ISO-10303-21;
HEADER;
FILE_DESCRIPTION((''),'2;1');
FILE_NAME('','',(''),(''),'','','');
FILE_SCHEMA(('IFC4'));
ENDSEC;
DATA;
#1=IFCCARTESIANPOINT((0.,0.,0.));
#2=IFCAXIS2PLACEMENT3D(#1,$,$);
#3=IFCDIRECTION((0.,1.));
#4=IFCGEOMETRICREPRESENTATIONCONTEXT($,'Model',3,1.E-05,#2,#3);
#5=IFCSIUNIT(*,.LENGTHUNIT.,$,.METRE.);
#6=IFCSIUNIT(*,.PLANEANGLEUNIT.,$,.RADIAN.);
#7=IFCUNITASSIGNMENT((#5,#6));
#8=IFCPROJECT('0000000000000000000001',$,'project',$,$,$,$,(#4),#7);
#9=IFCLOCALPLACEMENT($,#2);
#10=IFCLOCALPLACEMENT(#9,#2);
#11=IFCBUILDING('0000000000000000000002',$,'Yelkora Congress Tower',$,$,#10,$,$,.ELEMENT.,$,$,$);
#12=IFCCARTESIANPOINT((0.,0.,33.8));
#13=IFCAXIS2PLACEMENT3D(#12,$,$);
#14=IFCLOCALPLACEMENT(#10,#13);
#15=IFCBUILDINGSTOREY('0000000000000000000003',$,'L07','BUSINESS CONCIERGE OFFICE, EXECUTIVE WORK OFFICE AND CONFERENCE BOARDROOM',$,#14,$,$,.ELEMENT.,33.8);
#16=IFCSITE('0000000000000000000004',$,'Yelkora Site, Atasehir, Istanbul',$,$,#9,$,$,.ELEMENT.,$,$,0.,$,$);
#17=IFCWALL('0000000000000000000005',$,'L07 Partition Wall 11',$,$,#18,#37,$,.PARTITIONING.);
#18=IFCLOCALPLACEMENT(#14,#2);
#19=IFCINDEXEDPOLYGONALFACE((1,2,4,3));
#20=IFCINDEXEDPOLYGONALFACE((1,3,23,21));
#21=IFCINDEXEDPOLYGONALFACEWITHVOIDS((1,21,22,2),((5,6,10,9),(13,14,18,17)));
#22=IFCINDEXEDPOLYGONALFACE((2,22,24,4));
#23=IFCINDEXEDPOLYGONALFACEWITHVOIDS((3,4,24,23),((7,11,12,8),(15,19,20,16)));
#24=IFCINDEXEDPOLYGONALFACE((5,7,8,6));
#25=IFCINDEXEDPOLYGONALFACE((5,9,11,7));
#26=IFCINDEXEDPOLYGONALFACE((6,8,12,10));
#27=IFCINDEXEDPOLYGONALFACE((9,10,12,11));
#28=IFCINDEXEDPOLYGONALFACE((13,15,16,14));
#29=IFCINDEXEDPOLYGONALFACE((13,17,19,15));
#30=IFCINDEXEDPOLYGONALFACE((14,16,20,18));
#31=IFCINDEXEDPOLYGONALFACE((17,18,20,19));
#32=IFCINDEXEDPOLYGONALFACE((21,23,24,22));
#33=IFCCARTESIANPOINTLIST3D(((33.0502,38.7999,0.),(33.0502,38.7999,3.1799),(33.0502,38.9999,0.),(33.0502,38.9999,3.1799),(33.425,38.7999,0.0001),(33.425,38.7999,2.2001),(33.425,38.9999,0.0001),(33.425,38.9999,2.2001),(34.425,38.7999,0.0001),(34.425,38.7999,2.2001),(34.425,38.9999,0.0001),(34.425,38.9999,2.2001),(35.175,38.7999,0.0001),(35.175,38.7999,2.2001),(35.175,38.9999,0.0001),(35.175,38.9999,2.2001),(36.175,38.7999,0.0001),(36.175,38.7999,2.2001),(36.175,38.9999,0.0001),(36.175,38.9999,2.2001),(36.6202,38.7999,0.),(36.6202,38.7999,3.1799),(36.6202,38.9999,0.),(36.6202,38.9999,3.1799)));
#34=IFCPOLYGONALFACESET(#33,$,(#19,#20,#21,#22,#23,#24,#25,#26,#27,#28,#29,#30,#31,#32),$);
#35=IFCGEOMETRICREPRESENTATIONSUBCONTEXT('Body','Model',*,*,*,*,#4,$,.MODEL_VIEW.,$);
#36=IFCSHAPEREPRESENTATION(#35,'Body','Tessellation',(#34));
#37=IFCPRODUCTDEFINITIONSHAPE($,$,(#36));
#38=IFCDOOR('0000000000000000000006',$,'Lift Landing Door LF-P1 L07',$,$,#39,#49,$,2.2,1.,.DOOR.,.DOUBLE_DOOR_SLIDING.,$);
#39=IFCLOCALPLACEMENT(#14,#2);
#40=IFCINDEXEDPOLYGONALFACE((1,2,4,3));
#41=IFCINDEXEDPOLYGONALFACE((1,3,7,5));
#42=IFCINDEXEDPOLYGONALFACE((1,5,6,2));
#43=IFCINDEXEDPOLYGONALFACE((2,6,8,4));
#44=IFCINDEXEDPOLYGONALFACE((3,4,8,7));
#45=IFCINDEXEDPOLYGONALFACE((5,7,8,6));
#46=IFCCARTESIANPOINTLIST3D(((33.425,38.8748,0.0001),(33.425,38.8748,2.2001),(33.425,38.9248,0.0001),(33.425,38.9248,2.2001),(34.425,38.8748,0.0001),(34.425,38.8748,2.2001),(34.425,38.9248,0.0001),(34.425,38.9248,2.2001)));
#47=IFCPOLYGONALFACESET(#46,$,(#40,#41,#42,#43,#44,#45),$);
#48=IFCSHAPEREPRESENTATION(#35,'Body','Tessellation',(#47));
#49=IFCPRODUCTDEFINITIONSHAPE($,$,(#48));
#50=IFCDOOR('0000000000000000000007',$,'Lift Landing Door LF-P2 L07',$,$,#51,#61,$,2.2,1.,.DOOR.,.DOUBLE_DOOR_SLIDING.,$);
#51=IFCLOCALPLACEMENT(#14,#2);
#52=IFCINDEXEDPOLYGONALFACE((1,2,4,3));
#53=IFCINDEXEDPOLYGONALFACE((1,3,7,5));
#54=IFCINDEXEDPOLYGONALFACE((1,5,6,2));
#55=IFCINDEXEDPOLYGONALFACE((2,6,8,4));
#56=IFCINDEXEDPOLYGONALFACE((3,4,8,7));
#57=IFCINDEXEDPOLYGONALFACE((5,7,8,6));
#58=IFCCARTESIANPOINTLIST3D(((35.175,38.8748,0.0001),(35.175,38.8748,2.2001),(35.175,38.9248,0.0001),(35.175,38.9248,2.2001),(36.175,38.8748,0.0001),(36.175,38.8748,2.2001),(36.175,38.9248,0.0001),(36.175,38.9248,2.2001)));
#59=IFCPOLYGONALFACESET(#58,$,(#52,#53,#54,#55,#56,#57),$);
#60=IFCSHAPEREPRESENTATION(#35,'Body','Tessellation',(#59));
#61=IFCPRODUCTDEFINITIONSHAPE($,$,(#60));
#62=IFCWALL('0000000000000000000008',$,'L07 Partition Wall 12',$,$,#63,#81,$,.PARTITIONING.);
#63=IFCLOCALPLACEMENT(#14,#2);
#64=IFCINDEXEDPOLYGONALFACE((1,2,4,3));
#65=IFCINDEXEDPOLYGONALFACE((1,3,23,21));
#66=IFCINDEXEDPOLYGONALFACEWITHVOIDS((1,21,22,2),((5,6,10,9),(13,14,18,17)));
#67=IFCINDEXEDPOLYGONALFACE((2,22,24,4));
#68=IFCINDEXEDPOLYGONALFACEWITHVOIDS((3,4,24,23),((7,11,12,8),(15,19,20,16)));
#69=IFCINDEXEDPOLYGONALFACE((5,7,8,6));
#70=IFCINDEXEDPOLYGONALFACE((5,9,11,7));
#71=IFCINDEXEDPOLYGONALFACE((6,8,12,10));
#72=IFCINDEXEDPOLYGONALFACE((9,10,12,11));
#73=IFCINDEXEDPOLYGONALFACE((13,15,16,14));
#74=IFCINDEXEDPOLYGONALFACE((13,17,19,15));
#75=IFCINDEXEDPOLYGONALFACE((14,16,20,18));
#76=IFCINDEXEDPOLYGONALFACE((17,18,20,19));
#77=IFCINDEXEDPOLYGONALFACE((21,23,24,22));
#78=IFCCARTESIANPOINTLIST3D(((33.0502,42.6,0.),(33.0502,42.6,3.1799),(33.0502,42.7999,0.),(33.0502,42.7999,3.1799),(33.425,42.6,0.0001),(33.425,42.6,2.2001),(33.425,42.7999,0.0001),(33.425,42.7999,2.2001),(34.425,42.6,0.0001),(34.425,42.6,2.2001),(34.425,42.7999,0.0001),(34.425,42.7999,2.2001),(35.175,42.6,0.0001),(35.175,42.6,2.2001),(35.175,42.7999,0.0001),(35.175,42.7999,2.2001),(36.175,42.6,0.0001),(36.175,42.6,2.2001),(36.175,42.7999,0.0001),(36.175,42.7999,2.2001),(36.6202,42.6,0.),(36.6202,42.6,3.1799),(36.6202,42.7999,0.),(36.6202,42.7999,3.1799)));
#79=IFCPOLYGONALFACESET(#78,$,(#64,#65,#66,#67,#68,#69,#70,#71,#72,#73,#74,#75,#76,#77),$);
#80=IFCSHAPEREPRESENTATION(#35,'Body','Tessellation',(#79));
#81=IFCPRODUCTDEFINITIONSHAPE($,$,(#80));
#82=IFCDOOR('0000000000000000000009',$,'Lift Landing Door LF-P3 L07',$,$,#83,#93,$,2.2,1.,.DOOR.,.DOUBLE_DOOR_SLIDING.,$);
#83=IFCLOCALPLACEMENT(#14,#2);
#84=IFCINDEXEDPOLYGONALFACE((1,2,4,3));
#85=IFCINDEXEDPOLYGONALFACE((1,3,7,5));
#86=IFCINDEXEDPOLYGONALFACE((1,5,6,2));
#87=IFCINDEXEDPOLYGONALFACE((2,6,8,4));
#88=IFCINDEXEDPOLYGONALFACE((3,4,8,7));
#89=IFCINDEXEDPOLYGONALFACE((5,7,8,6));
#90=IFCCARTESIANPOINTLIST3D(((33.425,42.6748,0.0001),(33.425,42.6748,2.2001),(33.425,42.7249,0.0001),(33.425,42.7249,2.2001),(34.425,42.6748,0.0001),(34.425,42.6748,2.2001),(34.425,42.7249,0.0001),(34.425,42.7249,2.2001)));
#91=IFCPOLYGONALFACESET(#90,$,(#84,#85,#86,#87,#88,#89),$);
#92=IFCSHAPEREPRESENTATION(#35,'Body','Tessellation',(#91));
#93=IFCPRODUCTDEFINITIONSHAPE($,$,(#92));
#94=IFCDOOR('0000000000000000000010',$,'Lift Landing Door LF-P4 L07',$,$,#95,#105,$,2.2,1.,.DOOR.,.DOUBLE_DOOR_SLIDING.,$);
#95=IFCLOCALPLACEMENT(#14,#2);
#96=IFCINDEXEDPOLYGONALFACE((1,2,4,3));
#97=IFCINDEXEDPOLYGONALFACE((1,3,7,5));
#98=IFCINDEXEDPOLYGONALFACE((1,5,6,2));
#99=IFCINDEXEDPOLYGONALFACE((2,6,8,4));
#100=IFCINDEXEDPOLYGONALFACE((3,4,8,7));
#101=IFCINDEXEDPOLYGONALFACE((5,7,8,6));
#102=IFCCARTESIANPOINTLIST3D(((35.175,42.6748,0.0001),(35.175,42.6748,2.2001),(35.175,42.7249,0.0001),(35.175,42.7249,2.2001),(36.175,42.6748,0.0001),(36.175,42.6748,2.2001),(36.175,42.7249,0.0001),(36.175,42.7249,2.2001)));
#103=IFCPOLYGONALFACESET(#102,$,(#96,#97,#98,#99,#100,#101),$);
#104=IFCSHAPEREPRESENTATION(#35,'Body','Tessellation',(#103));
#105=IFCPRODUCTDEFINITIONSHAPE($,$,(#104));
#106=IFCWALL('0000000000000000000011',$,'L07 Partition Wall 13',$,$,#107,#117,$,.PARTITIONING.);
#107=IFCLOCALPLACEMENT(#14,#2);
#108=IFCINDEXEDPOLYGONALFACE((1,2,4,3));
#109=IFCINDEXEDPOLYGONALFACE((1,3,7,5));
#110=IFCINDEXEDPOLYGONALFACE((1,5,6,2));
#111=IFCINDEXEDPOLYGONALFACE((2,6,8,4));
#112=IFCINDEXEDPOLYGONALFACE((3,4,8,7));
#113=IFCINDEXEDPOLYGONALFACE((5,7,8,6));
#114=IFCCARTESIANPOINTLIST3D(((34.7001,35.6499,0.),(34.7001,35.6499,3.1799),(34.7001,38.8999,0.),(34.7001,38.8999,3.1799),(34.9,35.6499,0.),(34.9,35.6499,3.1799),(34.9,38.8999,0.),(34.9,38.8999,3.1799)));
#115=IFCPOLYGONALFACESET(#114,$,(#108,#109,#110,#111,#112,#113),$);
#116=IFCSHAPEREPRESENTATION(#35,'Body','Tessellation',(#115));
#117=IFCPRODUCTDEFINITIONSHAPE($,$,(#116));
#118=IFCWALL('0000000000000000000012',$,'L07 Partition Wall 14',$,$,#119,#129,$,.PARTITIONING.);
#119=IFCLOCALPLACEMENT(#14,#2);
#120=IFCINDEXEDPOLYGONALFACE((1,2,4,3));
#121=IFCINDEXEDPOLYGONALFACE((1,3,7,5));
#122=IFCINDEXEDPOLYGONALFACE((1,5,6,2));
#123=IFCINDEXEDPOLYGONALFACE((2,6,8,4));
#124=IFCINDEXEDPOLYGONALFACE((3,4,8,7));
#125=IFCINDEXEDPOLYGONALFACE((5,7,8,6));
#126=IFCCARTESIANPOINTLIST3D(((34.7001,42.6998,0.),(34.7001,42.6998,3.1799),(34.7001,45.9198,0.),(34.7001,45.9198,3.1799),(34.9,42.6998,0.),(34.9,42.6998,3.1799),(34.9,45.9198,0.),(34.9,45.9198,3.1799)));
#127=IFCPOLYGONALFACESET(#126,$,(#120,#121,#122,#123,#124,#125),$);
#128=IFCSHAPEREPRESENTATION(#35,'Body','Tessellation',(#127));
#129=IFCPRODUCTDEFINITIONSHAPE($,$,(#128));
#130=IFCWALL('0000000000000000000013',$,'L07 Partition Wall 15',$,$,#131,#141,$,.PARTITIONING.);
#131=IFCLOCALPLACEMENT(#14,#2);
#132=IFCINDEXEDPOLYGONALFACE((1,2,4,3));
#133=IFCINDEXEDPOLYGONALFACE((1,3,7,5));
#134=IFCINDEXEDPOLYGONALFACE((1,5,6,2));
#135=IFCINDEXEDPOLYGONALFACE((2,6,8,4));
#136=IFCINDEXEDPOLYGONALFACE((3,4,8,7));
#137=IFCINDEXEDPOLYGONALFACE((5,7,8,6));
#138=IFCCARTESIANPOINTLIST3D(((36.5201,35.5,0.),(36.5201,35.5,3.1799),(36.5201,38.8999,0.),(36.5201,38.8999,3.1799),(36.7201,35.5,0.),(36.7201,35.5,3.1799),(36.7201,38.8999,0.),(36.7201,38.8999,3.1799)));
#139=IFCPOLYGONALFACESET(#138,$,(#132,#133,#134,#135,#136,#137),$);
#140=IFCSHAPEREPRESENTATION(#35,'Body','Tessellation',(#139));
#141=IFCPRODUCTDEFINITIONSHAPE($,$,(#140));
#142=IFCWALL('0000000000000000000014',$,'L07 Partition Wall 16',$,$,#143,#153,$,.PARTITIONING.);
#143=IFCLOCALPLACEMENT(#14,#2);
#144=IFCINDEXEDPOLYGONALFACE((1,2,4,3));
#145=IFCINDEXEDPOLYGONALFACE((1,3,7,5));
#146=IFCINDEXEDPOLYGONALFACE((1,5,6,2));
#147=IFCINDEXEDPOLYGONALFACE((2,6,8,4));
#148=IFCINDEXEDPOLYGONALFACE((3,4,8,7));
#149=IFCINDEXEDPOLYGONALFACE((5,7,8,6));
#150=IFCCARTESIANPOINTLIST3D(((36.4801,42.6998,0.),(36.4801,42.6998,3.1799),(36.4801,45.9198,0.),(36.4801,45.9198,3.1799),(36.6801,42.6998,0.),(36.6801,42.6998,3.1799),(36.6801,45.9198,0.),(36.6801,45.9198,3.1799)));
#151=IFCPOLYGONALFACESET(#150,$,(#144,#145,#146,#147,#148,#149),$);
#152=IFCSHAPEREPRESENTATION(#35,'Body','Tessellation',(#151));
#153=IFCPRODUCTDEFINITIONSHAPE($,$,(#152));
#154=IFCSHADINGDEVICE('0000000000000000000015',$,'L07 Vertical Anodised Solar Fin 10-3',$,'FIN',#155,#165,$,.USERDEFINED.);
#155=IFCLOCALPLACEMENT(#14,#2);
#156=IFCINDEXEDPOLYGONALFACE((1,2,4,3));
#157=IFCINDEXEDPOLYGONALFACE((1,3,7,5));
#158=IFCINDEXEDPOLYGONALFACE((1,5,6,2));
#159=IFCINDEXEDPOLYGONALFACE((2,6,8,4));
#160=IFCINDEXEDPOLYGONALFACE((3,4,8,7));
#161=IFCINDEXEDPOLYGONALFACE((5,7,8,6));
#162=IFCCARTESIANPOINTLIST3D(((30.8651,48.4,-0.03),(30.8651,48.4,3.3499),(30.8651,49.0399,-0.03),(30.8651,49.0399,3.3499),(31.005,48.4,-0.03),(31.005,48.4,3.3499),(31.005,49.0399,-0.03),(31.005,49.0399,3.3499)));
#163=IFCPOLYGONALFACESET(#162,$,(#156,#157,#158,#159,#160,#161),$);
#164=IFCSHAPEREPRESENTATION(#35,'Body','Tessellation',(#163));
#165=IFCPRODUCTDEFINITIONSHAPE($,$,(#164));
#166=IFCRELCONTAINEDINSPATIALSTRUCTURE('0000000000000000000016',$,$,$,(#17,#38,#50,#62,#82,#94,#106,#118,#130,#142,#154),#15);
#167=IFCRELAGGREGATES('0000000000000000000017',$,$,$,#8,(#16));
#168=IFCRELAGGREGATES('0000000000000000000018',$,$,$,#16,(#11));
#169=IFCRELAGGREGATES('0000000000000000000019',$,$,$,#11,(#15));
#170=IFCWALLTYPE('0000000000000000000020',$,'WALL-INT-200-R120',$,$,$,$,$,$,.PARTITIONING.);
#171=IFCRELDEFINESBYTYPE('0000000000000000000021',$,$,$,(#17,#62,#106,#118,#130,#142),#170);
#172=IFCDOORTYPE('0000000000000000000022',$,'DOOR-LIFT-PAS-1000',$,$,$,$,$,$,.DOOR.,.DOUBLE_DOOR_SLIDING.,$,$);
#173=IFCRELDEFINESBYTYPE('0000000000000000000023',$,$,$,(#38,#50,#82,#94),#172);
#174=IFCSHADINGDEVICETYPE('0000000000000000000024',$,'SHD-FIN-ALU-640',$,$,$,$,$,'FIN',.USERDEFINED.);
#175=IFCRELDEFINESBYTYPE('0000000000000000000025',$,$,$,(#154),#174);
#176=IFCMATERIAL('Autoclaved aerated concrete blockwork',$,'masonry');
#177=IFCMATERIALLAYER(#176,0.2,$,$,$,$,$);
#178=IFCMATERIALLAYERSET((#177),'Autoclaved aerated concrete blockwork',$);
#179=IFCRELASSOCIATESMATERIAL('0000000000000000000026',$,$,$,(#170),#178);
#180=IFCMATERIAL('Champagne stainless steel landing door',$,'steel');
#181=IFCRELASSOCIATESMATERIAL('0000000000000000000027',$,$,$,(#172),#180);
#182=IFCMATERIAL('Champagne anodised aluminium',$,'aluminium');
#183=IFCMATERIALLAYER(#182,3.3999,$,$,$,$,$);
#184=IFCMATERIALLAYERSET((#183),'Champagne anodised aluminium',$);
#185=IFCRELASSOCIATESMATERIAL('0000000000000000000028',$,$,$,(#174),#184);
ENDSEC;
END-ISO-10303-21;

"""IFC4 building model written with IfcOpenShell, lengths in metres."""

from ifc_helpers import new_model, si_unit, direction, frame, frame_2d, origin, origin_2d, place, context, subcontext, project, spatial, rectangle, extrude, material, layer, layer_set, type_object, element, fill, save


model = new_model("IFC4")

# Units and contexts
model_context = context("Model", 3, precision=1e-05, world=origin(), true_north=direction((0.0, 1.0)))
body_context = subcontext(model_context, "Body", "Model", "MODEL_VIEW")
ifc_project = project(units=[si_unit("LENGTHUNIT", "METRE"), si_unit("PLANEANGLEUNIT", "RADIAN")], contexts=[model_context])

# Site, building, storey
site_placement = place(None, origin())
site = spatial("IfcSite", under=ifc_project, at=site_placement, Name="Yelkora Site, Atasehir, Istanbul", CompositionType="ELEMENT", RefElevation=0.0)
building_placement = place(site_placement, origin())
building = spatial("IfcBuilding", under=site, at=building_placement, Name="Yelkora Congress Tower", CompositionType="ELEMENT")
storey_placement = place(building_placement, frame((0.0, 0.0, 33.8)))
storey = spatial("IfcBuildingStorey", under=building, at=storey_placement, Name="L07", Description="BUSINESS CONCIERGE OFFICE, EXECUTIVE WORK OFFICE AND CONFERENCE BOARDROOM", CompositionType="ELEMENT", Elevation=33.8)

# Shared definitions
ifc_material_1 = material(Name="Autoclaved aerated concrete blockwork", Category="masonry")
ifc_layer_1 = layer(ifc_material_1, 0.2)
ifc_layer_set_1 = layer_set([ifc_layer_1], Name="Autoclaved aerated concrete blockwork")
wall_type_1 = type_object("IfcWallType", Name="WALL-INT-200-R120", PredefinedType="PARTITIONING", material=ifc_layer_set_1)

# Walls, openings, doors
wall_1_placement = place(storey_placement, frame((33.05, 38.8999, 0.0), z_axis=(0.0, 0.0, 1.0), x_axis=(1.0, 0.0, 0.0)))
wall_1 = element("IfcWall", 1, at=wall_1_placement, inside=storey, type_object=wall_type_1, Name="L07 Partition Wall 11", PredefinedType="PARTITIONING", context=body_context, shape_type="SweptSolid", body=[
    extrude(rectangle(XDim=3.5701, YDim=0.2, at=frame_2d((1.7852, 0.0))), origin(), (0.0, 0.0, 1.0), 3.1799),
])
opening_1_placement = place(wall_1_placement, frame((0.375, 0.0, 0.0)))
opening_1 = element("IfcOpeningElement", 2, at=opening_1_placement, cuts=wall_1, PredefinedType="OPENING", context=body_context, shape_type="SweptSolid", body=[
    extrude(rectangle(XDim=1.0, YDim=2.2, at=frame_2d((0.5, 1.1001))), frame((0.0, 0.1099, 0.0), z_axis=(0.0, -1.0, 0.0), x_axis=(1.0, 0.0, 0.0)), (0.0, 0.0, 1.0), 0.22),
])
opening_2_placement = place(wall_1_placement, frame((2.125, 0.0, 0.0)))
opening_2 = element("IfcOpeningElement", 3, at=opening_2_placement, cuts=wall_1, PredefinedType="OPENING", context=body_context, shape_type="SweptSolid", body=[
    extrude(rectangle(XDim=1.0, YDim=2.2, at=frame_2d((0.5, 1.1001))), frame((0.0, 0.1099, 0.0), z_axis=(0.0, -1.0, 0.0), x_axis=(1.0, 0.0, 0.0)), (0.0, 0.0, 1.0), 0.22),
])
ifc_material_2 = material(Name="Champagne stainless steel landing door", Category="steel")
door_type_1 = type_object("IfcDoorType", Name="DOOR-LIFT-PAS-1000", OperationType="DOUBLE_DOOR_SLIDING", PredefinedType="DOOR", material=ifc_material_2)
door_1_placement = place(opening_1_placement, origin())
door_1 = element("IfcDoor", 4, at=door_1_placement, inside=storey, type_object=door_type_1, Name="Lift Landing Door LF-P1 L07", OperationType="DOUBLE_DOOR_SLIDING", OverallHeight=2.2, OverallWidth=1.0, PredefinedType="DOOR", context=body_context, shape_type="SweptSolid", body=[
    extrude(rectangle(XDim=1.0, YDim=2.2, at=frame_2d((0.5, 1.1001))), frame((0.0, 0.0249, 0.0), z_axis=(0.0, -1.0, 0.0), x_axis=(1.0, 0.0, 0.0)), (0.0, 0.0, 1.0), 0.05),
])
fill(opening_1, door_1)
door_2_placement = place(opening_2_placement, origin())
door_2 = element("IfcDoor", 5, at=door_2_placement, inside=storey, type_object=door_type_1, Name="Lift Landing Door LF-P2 L07", OperationType="DOUBLE_DOOR_SLIDING", OverallHeight=2.2, OverallWidth=1.0, PredefinedType="DOOR", context=body_context, shape_type="SweptSolid", body=[
    extrude(rectangle(XDim=1.0, YDim=2.2, at=frame_2d((0.5, 1.1001))), frame((0.0, 0.0249, 0.0), z_axis=(0.0, -1.0, 0.0), x_axis=(1.0, 0.0, 0.0)), (0.0, 0.0, 1.0), 0.05),
])
fill(opening_2, door_2)
wall_2_placement = place(storey_placement, frame((33.05, 42.7, 0.0), z_axis=(0.0, 0.0, 1.0), x_axis=(1.0, 0.0, 0.0)))
wall_2 = element("IfcWall", 6, at=wall_2_placement, inside=storey, type_object=wall_type_1, Name="L07 Partition Wall 12", PredefinedType="PARTITIONING", context=body_context, shape_type="SweptSolid", body=[
    extrude(rectangle(XDim=3.5701, YDim=0.2, at=frame_2d((1.7852, 0.0))), origin(), (0.0, 0.0, 1.0), 3.1799),
])
opening_3_placement = place(wall_2_placement, frame((0.375, 0.0, 0.0)))
opening_3 = element("IfcOpeningElement", 7, at=opening_3_placement, cuts=wall_2, PredefinedType="OPENING", context=body_context, shape_type="SweptSolid", body=[
    extrude(rectangle(XDim=1.0, YDim=2.2, at=frame_2d((0.5, 1.1001))), frame((0.0, 0.1099, 0.0), z_axis=(0.0, -1.0, 0.0), x_axis=(1.0, 0.0, 0.0)), (0.0, 0.0, 1.0), 0.22),
])
opening_4_placement = place(wall_2_placement, frame((2.125, 0.0, 0.0)))
opening_4 = element("IfcOpeningElement", 8, at=opening_4_placement, cuts=wall_2, PredefinedType="OPENING", context=body_context, shape_type="SweptSolid", body=[
    extrude(rectangle(XDim=1.0, YDim=2.2, at=frame_2d((0.5, 1.1001))), frame((0.0, 0.1099, 0.0), z_axis=(0.0, -1.0, 0.0), x_axis=(1.0, 0.0, 0.0)), (0.0, 0.0, 1.0), 0.22),
])
door_3_placement = place(opening_3_placement, origin())
door_3 = element("IfcDoor", 9, at=door_3_placement, inside=storey, type_object=door_type_1, Name="Lift Landing Door LF-P3 L07", OperationType="DOUBLE_DOOR_SLIDING", OverallHeight=2.2, OverallWidth=1.0, PredefinedType="DOOR", context=body_context, shape_type="SweptSolid", body=[
    extrude(rectangle(XDim=1.0, YDim=2.2, at=frame_2d((0.5, 1.1001))), frame((0.0, 0.0249, 0.0), z_axis=(0.0, -1.0, 0.0), x_axis=(1.0, 0.0, 0.0)), (0.0, 0.0, 1.0), 0.05),
])
fill(opening_3, door_3)
door_4_placement = place(opening_4_placement, origin())
door_4 = element("IfcDoor", 10, at=door_4_placement, inside=storey, type_object=door_type_1, Name="Lift Landing Door LF-P4 L07", OperationType="DOUBLE_DOOR_SLIDING", OverallHeight=2.2, OverallWidth=1.0, PredefinedType="DOOR", context=body_context, shape_type="SweptSolid", body=[
    extrude(rectangle(XDim=1.0, YDim=2.2, at=frame_2d((0.5, 1.1001))), frame((0.0, 0.0249, 0.0), z_axis=(0.0, -1.0, 0.0), x_axis=(1.0, 0.0, 0.0)), (0.0, 0.0, 1.0), 0.05),
])
fill(opening_4, door_4)

# Walls
wall_3_placement = place(storey_placement, frame((34.8, 35.6499, 0.0), z_axis=(0.0, 0.0, 1.0), x_axis=(0.0, 1.0, 0.0)))
element("IfcWall", 11, at=wall_3_placement, inside=storey, type_object=wall_type_1, Name="L07 Partition Wall 13", PredefinedType="PARTITIONING", context=body_context, shape_type="SweptSolid", body=[
    extrude(rectangle(XDim=3.25, YDim=0.2, at=frame_2d((1.625, 0.0))), origin(), (0.0, 0.0, 1.0), 3.1799),
])
wall_4_placement = place(storey_placement, frame((34.8, 42.7, 0.0), z_axis=(0.0, 0.0, 1.0), x_axis=(0.0, 1.0, 0.0)))
element("IfcWall", 12, at=wall_4_placement, inside=storey, type_object=wall_type_1, Name="L07 Partition Wall 14", PredefinedType="PARTITIONING", context=body_context, shape_type="SweptSolid", body=[
    extrude(rectangle(XDim=3.22, YDim=0.2, at=frame_2d((1.6099, 0.0))), origin(), (0.0, 0.0, 1.0), 3.1799),
])
wall_5_placement = place(storey_placement, frame((36.6201, 35.5, 0.0), z_axis=(0.0, 0.0, 1.0), x_axis=(0.0, 1.0, 0.0)))
element("IfcWall", 13, at=wall_5_placement, inside=storey, type_object=wall_type_1, Name="L07 Partition Wall 15", PredefinedType="PARTITIONING", context=body_context, shape_type="SweptSolid", body=[
    extrude(rectangle(XDim=3.3999, YDim=0.2, at=frame_2d((1.7, 0.0))), origin(), (0.0, 0.0, 1.0), 3.1799),
])
wall_6_placement = place(storey_placement, frame((36.5801, 42.7, 0.0), z_axis=(0.0, 0.0, 1.0), x_axis=(0.0, 1.0, 0.0)))
element("IfcWall", 14, at=wall_6_placement, inside=storey, type_object=wall_type_1, Name="L07 Partition Wall 16", PredefinedType="PARTITIONING", context=body_context, shape_type="SweptSolid", body=[
    extrude(rectangle(XDim=3.22, YDim=0.2, at=frame_2d((1.6099, 0.0))), origin(), (0.0, 0.0, 1.0), 3.1799),
])

# Shading device
ifc_material_3 = material(Name="Champagne anodised aluminium", Category="aluminium")
ifc_layer_2 = layer(ifc_material_3, 3.3999)
ifc_layer_set_2 = layer_set([ifc_layer_2], Name="Champagne anodised aluminium")
shading_device_type = type_object("IfcShadingDeviceType", Name="SHD-FIN-ALU-640", ElementType="FIN", PredefinedType="USERDEFINED", material=ifc_layer_set_2)
shading_device_placement = place(storey_placement, frame((30.9351, 48.72, -0.03), z_axis=(0.0, 0.0, 1.0), x_axis=(1.0, 0.0, 0.0)))
element("IfcShadingDevice", 15, at=shading_device_placement, inside=storey, type_object=shading_device_type, Name="L07 Vertical Anodised Solar Fin 10-3", ObjectType="FIN", PredefinedType="USERDEFINED", context=body_context, shape_type="SweptSolid", body=[
    extrude(rectangle(XDim=0.1399, YDim=0.6399, at=origin_2d()), origin(), (0.0, 0.0, 1.0), 3.3799),
])

save(model, "model.ifc")
